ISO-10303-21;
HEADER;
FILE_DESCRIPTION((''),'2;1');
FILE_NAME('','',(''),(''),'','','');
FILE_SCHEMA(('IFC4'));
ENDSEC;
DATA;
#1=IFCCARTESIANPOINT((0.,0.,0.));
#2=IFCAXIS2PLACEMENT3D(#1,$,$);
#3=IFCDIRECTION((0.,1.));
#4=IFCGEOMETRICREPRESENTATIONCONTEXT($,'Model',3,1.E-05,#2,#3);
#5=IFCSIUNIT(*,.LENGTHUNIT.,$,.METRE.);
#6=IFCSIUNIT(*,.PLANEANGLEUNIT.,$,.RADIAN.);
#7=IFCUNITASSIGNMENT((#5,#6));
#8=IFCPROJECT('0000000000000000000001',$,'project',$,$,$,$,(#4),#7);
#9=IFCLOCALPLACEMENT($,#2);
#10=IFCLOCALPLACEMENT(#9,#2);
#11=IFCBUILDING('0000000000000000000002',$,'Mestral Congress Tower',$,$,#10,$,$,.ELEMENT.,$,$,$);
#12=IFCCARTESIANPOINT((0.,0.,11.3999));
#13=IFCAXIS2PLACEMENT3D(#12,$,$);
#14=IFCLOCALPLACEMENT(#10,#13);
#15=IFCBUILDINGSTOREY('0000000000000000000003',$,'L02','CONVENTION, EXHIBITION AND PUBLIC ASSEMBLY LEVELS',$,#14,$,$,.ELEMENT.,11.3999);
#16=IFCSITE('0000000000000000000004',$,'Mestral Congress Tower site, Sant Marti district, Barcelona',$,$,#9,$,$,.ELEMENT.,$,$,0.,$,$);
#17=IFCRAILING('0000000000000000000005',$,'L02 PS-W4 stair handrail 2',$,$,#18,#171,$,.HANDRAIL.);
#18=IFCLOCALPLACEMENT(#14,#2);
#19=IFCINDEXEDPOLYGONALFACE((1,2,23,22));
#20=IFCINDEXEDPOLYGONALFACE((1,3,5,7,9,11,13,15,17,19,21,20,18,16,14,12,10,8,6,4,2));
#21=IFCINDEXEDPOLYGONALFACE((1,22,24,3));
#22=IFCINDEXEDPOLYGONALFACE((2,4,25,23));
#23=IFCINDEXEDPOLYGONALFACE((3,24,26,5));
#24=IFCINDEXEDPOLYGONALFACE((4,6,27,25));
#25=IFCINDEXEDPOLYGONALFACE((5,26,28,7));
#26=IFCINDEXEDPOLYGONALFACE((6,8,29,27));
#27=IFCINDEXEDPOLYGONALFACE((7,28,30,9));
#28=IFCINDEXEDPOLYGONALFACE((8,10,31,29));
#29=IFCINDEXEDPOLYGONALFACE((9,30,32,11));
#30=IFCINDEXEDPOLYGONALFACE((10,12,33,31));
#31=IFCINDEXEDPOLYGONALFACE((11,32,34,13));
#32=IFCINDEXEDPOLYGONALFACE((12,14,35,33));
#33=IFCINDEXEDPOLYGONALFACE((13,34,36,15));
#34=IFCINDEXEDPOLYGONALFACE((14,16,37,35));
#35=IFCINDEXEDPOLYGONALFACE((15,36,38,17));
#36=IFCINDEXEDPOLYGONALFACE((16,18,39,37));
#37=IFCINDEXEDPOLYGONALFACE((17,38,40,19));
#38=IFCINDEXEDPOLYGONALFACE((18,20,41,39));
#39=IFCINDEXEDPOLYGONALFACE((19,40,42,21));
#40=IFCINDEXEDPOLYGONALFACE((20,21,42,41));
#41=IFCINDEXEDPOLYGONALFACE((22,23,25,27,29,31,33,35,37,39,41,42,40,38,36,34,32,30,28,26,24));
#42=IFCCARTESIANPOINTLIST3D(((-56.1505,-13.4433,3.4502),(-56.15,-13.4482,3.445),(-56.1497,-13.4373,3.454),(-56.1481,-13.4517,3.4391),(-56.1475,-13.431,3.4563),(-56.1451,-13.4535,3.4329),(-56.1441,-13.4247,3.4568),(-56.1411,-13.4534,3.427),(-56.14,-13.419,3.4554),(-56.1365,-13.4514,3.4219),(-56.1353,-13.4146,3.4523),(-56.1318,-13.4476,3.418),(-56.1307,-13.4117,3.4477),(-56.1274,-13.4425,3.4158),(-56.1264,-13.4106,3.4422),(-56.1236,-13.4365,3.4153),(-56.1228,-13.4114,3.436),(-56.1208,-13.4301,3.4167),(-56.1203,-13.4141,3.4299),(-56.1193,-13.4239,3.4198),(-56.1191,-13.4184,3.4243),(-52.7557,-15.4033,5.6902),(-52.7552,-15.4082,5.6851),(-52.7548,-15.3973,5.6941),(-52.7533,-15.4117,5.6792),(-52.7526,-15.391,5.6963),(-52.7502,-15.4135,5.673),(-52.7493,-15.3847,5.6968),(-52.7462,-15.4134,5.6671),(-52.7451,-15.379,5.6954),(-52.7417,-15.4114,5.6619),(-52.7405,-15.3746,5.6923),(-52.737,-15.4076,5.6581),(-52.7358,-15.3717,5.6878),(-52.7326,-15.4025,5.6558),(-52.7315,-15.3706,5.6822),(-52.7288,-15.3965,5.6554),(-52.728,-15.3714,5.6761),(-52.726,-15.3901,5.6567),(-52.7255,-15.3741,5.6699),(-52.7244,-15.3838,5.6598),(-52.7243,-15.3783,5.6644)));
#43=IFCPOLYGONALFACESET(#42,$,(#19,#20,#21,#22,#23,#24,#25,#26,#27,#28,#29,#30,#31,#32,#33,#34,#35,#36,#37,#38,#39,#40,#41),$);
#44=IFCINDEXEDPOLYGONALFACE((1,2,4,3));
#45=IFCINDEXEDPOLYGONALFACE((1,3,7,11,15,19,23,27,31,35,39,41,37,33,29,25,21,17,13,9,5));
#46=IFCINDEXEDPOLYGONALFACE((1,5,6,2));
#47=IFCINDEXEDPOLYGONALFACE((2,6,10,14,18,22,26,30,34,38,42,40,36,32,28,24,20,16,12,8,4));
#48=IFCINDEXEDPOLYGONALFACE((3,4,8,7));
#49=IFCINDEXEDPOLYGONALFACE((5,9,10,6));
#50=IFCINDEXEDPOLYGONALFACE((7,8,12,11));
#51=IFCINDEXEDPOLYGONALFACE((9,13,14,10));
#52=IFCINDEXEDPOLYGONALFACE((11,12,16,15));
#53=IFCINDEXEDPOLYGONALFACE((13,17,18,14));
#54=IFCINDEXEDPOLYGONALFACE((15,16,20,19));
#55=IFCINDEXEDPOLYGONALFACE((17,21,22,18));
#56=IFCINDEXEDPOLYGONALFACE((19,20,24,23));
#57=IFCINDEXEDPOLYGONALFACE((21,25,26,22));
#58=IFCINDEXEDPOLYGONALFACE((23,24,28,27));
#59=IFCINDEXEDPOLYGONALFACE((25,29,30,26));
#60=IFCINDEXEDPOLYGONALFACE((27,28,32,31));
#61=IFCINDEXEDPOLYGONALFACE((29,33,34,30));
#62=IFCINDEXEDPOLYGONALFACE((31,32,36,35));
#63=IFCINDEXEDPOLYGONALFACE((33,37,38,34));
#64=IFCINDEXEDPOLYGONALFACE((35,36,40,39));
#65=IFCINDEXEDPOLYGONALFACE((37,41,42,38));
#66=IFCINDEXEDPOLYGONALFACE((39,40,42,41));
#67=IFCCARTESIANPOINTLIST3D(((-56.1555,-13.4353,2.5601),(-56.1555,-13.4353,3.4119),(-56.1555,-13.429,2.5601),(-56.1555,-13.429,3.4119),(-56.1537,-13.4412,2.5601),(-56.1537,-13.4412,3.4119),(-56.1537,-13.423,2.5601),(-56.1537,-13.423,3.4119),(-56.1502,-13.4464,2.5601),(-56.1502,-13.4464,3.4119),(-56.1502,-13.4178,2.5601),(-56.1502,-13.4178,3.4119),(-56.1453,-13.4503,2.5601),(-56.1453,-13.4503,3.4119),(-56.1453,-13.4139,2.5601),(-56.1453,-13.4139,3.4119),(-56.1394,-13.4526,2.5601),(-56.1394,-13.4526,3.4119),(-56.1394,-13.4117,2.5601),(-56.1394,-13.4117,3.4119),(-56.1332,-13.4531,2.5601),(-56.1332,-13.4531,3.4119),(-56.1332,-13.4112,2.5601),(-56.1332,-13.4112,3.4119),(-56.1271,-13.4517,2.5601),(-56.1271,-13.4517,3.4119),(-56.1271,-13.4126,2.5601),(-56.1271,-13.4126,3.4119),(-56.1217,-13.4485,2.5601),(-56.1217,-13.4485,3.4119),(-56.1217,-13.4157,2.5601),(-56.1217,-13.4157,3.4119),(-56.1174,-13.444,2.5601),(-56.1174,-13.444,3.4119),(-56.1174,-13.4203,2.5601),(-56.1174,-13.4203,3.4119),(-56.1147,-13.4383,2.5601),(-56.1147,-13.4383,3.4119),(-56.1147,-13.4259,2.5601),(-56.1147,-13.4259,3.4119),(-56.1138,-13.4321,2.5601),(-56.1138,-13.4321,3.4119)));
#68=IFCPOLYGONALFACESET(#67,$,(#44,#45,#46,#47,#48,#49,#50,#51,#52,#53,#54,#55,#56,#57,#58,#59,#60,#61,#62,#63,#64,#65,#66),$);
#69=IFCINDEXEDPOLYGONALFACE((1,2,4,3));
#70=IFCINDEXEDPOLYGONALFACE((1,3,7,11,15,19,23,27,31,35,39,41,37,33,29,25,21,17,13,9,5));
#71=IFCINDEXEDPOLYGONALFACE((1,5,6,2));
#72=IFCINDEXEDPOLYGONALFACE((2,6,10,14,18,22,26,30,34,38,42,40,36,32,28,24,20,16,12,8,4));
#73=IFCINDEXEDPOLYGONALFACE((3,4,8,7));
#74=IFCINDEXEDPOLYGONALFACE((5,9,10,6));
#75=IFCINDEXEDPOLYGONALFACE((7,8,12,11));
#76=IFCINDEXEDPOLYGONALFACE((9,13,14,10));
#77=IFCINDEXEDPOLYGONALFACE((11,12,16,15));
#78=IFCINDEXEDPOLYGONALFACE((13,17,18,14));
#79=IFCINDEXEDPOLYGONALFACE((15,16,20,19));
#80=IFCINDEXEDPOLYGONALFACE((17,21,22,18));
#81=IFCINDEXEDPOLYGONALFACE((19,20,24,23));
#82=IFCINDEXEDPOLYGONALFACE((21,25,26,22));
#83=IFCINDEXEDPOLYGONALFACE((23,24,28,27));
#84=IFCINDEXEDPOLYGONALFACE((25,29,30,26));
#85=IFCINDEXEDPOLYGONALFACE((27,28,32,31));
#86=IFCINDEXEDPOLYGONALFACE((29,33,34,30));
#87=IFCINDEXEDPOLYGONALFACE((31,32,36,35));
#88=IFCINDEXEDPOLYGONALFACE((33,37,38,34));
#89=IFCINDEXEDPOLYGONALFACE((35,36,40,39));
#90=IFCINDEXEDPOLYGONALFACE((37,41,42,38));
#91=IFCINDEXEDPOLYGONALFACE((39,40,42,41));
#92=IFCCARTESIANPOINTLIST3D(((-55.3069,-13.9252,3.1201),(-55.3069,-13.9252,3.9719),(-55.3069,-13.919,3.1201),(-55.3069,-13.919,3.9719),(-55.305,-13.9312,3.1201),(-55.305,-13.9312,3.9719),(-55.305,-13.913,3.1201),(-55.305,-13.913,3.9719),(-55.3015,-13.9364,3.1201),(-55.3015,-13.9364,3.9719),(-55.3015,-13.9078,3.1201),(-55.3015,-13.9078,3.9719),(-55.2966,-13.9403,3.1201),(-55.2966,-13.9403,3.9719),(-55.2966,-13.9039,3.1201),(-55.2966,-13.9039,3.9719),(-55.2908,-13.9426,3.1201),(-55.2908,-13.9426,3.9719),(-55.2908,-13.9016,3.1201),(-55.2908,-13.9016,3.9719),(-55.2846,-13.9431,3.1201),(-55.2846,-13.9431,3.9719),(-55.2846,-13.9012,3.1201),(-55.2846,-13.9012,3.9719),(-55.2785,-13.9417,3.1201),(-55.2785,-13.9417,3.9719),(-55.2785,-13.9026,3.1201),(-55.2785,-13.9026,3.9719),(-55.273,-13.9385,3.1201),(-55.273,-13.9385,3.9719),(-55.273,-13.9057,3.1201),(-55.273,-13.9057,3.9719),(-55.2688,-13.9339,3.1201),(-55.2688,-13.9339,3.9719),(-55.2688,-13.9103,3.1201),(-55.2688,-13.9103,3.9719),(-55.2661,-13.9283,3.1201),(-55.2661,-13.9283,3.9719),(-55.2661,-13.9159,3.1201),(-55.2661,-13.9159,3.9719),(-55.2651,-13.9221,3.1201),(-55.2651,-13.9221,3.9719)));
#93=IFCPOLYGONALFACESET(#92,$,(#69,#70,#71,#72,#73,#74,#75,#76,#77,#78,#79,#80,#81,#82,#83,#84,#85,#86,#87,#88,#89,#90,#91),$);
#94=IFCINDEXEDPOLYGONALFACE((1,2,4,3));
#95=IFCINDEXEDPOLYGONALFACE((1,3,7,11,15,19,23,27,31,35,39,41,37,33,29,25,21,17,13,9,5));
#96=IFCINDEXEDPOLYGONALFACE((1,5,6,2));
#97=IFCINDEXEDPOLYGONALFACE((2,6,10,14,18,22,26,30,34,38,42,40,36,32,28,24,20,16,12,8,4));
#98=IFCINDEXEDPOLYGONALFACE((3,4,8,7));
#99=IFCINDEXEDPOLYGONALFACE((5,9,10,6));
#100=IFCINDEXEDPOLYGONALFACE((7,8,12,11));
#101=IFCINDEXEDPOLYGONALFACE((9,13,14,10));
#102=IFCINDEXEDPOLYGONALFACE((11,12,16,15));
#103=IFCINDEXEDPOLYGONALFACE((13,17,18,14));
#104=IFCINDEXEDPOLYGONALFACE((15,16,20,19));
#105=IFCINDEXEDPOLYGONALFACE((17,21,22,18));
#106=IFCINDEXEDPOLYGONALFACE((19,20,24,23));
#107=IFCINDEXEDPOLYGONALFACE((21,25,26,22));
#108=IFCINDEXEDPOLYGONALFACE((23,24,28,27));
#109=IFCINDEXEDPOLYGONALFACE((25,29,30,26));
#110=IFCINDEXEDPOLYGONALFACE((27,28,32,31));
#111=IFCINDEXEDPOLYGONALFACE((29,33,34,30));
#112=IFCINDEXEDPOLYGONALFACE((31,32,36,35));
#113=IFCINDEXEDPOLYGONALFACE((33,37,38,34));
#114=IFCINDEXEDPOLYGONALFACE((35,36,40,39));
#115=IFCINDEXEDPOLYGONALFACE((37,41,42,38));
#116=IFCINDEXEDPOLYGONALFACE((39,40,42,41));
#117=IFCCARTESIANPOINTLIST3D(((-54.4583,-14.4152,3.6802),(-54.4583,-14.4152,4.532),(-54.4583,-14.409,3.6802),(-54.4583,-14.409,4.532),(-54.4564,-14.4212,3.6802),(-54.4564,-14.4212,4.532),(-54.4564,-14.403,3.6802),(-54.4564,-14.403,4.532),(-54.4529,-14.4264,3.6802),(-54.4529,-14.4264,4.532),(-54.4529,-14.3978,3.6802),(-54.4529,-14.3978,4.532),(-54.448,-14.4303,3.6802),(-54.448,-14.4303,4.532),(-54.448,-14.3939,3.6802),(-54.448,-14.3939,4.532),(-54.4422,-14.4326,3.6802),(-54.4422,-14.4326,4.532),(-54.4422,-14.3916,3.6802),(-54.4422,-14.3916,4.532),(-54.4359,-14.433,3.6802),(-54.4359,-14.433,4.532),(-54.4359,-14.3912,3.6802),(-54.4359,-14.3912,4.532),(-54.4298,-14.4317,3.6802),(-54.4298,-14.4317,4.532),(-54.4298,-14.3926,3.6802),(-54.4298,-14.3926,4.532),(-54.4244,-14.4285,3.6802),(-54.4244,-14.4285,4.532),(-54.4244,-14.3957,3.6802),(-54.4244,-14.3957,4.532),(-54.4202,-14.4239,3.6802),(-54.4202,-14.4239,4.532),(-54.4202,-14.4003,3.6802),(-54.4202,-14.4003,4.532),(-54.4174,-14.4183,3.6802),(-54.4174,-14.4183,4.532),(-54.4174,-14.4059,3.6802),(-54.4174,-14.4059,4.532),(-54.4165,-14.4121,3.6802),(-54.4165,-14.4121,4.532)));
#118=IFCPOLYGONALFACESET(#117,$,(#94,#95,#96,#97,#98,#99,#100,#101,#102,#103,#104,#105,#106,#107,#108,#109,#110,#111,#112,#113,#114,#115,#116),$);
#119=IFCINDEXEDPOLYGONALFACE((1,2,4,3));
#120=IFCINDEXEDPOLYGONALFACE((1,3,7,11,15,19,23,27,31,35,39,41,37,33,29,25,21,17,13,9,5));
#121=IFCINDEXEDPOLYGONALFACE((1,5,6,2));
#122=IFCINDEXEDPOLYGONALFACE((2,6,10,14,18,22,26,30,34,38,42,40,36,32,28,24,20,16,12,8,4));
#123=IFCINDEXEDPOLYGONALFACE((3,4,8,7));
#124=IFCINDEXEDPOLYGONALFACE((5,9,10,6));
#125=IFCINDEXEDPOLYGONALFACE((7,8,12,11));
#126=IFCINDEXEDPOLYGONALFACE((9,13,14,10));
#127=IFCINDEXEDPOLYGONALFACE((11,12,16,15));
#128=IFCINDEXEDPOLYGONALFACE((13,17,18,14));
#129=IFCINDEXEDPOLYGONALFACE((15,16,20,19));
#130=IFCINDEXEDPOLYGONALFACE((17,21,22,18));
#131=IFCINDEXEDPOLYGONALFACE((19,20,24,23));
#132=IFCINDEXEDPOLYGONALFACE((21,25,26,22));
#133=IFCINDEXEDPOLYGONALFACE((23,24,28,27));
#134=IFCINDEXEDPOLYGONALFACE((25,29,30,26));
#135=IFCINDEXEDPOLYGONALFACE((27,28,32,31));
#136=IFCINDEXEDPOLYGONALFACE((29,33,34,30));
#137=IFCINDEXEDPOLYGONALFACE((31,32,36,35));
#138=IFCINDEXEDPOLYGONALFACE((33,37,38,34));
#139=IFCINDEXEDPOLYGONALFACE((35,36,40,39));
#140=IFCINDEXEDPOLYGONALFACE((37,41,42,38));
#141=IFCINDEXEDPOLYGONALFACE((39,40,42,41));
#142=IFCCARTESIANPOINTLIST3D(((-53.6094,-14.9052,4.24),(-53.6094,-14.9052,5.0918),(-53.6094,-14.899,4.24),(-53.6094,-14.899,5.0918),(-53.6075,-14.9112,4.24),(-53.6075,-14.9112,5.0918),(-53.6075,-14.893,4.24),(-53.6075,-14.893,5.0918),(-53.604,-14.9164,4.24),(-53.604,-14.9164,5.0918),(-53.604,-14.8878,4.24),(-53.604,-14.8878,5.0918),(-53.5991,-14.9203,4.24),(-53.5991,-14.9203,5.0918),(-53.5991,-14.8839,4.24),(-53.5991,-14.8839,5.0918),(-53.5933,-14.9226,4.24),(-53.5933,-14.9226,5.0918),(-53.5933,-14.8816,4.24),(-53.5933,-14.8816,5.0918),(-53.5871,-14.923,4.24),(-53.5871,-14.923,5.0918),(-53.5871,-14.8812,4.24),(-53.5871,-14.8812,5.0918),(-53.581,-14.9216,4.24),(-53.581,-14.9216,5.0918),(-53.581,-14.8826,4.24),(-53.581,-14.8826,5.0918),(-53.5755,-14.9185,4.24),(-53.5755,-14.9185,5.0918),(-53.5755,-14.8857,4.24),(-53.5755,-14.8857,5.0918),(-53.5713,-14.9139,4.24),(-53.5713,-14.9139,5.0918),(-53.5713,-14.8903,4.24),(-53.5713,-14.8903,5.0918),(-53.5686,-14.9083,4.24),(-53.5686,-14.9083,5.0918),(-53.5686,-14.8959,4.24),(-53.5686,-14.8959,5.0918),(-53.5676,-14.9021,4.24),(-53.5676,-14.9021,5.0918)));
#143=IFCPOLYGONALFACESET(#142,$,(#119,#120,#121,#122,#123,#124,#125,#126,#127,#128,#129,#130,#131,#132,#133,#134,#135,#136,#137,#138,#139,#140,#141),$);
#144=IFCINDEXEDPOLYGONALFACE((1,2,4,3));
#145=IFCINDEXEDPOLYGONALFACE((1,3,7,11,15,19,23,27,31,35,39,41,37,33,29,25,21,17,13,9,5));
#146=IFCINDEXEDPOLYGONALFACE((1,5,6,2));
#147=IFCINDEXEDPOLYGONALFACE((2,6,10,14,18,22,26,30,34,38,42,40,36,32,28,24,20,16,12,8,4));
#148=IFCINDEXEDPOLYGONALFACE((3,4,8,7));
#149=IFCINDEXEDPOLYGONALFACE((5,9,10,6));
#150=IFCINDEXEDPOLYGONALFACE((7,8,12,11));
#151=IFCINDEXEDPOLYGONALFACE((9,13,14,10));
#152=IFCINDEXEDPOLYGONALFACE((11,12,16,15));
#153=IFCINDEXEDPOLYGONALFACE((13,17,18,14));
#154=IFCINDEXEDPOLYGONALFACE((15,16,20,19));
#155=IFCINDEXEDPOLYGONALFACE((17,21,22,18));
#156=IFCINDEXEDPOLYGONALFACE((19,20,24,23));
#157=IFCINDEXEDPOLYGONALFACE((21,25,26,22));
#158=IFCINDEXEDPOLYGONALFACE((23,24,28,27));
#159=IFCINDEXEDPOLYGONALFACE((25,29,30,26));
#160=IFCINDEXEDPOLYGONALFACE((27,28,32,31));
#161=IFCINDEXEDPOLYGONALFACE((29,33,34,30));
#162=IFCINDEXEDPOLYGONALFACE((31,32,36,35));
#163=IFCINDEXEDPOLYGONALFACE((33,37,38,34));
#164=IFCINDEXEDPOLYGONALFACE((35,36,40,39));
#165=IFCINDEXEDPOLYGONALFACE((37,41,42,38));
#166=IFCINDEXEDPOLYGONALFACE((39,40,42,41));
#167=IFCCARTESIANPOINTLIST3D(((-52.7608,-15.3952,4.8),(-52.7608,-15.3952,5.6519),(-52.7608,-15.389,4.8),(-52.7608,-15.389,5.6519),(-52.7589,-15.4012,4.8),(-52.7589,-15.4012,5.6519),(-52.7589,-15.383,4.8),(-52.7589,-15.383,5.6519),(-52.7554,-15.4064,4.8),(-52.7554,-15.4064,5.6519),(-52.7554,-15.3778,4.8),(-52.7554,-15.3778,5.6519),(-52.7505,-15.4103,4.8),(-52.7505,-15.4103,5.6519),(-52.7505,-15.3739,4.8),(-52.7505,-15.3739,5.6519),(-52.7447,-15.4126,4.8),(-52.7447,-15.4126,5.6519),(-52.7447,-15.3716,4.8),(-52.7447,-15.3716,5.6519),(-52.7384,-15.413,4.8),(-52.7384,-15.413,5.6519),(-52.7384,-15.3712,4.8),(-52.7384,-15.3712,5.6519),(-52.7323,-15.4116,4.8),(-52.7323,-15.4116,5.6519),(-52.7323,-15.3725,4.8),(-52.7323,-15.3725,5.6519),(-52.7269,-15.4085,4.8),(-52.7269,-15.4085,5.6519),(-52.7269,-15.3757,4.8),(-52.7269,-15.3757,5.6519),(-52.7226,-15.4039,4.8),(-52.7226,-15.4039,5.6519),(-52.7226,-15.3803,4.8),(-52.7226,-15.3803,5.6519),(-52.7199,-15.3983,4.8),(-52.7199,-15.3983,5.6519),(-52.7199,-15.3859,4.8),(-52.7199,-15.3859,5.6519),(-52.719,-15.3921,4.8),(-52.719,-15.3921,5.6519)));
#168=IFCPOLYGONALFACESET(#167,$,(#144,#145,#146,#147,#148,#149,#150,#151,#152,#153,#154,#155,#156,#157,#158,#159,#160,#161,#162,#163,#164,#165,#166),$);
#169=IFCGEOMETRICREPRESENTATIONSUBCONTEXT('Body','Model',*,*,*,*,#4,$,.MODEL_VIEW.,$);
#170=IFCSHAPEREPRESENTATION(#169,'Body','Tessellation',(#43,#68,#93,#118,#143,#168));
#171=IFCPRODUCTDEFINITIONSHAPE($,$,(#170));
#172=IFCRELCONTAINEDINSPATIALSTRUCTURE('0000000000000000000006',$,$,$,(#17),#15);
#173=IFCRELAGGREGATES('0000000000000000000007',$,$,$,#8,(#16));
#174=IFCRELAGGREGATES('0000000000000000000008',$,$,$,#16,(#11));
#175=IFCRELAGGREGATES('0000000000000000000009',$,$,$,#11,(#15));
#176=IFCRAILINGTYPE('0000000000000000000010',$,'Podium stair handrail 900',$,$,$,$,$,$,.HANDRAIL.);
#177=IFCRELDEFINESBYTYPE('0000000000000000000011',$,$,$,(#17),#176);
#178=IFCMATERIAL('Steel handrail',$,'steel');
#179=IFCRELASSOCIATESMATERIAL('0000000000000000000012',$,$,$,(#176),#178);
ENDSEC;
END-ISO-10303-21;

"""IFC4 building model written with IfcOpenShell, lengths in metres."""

from ifc_helpers import new_model, si_unit, direction, frame, origin, origin_2d, place, context, subcontext, project, spatial, circle, extrude, material, type_object, element, save


model = new_model("IFC4")

# Units and contexts
model_context = context("Model", 3, precision=1e-05, world=origin(), true_north=direction((0.0, 1.0)))
body_context = subcontext(model_context, "Body", "Model", "MODEL_VIEW")
ifc_project = project(units=[si_unit("LENGTHUNIT", "METRE"), si_unit("PLANEANGLEUNIT", "RADIAN")], contexts=[model_context])

# Site, building, storey
site_placement = place(None, origin())
site = spatial("IfcSite", under=ifc_project, at=site_placement, Name="Mestral Congress Tower site, Sant Marti district, Barcelona", CompositionType="ELEMENT", RefElevation=0.0)
building_placement = place(site_placement, origin())
building = spatial("IfcBuilding", under=site, at=building_placement, Name="Mestral Congress Tower", CompositionType="ELEMENT")
storey_placement = place(building_placement, frame((0.0, 0.0, 11.3999)))
storey = spatial("IfcBuildingStorey", under=building, at=storey_placement, Name="L02", Description="CONVENTION, EXHIBITION AND PUBLIC ASSEMBLY LEVELS", CompositionType="ELEMENT", Elevation=11.3999)

# Railing
ifc_material_1 = material(Name="Steel handrail", Category="steel")
railing_type_1 = type_object("IfcRailingType", Name="Podium stair handrail 900", PredefinedType="HANDRAIL", material=ifc_material_1)
railing_1_placement = place(storey_placement, frame((-56.1348, -13.4321, 2.5601)))
element("IfcRailing", 1, at=railing_1_placement, inside=storey, type_object=railing_type_1, Name="L02 PS-W4 stair handrail 2", PredefinedType="HANDRAIL", context=body_context, shape_type="SweptSolid", body=[
    extrude(circle(Radius=0.0239, at=origin_2d()), frame((0.0, 0.0, 0.876), z_axis=(0.75192, -0.434118, 0.496143), x_axis=(0.499997, 0.866027, 0.0)), (0.0, 0.0, 1.0), 4.5149),
    extrude(circle(Radius=0.021, at=origin_2d()), origin(), (0.0, 0.0, 1.0), 0.8518),
    extrude(circle(Radius=0.021, at=origin_2d()), frame((0.8486, -0.49, 0.5601)), (0.0, 0.0, 1.0), 0.8518),
    extrude(circle(Radius=0.021, at=origin_2d()), frame((1.6973, -0.98, 1.1201)), (0.0, 0.0, 1.0), 0.8518),
    extrude(circle(Radius=0.021, at=origin_2d()), frame((2.5461, -1.47, 1.6799)), (0.0, 0.0, 1.0), 0.8518),
    extrude(circle(Radius=0.021, at=origin_2d()), frame((3.3948, -1.96, 2.24)), (0.0, 0.0, 1.0), 0.8518),
])

save(model, "model.ifc")
